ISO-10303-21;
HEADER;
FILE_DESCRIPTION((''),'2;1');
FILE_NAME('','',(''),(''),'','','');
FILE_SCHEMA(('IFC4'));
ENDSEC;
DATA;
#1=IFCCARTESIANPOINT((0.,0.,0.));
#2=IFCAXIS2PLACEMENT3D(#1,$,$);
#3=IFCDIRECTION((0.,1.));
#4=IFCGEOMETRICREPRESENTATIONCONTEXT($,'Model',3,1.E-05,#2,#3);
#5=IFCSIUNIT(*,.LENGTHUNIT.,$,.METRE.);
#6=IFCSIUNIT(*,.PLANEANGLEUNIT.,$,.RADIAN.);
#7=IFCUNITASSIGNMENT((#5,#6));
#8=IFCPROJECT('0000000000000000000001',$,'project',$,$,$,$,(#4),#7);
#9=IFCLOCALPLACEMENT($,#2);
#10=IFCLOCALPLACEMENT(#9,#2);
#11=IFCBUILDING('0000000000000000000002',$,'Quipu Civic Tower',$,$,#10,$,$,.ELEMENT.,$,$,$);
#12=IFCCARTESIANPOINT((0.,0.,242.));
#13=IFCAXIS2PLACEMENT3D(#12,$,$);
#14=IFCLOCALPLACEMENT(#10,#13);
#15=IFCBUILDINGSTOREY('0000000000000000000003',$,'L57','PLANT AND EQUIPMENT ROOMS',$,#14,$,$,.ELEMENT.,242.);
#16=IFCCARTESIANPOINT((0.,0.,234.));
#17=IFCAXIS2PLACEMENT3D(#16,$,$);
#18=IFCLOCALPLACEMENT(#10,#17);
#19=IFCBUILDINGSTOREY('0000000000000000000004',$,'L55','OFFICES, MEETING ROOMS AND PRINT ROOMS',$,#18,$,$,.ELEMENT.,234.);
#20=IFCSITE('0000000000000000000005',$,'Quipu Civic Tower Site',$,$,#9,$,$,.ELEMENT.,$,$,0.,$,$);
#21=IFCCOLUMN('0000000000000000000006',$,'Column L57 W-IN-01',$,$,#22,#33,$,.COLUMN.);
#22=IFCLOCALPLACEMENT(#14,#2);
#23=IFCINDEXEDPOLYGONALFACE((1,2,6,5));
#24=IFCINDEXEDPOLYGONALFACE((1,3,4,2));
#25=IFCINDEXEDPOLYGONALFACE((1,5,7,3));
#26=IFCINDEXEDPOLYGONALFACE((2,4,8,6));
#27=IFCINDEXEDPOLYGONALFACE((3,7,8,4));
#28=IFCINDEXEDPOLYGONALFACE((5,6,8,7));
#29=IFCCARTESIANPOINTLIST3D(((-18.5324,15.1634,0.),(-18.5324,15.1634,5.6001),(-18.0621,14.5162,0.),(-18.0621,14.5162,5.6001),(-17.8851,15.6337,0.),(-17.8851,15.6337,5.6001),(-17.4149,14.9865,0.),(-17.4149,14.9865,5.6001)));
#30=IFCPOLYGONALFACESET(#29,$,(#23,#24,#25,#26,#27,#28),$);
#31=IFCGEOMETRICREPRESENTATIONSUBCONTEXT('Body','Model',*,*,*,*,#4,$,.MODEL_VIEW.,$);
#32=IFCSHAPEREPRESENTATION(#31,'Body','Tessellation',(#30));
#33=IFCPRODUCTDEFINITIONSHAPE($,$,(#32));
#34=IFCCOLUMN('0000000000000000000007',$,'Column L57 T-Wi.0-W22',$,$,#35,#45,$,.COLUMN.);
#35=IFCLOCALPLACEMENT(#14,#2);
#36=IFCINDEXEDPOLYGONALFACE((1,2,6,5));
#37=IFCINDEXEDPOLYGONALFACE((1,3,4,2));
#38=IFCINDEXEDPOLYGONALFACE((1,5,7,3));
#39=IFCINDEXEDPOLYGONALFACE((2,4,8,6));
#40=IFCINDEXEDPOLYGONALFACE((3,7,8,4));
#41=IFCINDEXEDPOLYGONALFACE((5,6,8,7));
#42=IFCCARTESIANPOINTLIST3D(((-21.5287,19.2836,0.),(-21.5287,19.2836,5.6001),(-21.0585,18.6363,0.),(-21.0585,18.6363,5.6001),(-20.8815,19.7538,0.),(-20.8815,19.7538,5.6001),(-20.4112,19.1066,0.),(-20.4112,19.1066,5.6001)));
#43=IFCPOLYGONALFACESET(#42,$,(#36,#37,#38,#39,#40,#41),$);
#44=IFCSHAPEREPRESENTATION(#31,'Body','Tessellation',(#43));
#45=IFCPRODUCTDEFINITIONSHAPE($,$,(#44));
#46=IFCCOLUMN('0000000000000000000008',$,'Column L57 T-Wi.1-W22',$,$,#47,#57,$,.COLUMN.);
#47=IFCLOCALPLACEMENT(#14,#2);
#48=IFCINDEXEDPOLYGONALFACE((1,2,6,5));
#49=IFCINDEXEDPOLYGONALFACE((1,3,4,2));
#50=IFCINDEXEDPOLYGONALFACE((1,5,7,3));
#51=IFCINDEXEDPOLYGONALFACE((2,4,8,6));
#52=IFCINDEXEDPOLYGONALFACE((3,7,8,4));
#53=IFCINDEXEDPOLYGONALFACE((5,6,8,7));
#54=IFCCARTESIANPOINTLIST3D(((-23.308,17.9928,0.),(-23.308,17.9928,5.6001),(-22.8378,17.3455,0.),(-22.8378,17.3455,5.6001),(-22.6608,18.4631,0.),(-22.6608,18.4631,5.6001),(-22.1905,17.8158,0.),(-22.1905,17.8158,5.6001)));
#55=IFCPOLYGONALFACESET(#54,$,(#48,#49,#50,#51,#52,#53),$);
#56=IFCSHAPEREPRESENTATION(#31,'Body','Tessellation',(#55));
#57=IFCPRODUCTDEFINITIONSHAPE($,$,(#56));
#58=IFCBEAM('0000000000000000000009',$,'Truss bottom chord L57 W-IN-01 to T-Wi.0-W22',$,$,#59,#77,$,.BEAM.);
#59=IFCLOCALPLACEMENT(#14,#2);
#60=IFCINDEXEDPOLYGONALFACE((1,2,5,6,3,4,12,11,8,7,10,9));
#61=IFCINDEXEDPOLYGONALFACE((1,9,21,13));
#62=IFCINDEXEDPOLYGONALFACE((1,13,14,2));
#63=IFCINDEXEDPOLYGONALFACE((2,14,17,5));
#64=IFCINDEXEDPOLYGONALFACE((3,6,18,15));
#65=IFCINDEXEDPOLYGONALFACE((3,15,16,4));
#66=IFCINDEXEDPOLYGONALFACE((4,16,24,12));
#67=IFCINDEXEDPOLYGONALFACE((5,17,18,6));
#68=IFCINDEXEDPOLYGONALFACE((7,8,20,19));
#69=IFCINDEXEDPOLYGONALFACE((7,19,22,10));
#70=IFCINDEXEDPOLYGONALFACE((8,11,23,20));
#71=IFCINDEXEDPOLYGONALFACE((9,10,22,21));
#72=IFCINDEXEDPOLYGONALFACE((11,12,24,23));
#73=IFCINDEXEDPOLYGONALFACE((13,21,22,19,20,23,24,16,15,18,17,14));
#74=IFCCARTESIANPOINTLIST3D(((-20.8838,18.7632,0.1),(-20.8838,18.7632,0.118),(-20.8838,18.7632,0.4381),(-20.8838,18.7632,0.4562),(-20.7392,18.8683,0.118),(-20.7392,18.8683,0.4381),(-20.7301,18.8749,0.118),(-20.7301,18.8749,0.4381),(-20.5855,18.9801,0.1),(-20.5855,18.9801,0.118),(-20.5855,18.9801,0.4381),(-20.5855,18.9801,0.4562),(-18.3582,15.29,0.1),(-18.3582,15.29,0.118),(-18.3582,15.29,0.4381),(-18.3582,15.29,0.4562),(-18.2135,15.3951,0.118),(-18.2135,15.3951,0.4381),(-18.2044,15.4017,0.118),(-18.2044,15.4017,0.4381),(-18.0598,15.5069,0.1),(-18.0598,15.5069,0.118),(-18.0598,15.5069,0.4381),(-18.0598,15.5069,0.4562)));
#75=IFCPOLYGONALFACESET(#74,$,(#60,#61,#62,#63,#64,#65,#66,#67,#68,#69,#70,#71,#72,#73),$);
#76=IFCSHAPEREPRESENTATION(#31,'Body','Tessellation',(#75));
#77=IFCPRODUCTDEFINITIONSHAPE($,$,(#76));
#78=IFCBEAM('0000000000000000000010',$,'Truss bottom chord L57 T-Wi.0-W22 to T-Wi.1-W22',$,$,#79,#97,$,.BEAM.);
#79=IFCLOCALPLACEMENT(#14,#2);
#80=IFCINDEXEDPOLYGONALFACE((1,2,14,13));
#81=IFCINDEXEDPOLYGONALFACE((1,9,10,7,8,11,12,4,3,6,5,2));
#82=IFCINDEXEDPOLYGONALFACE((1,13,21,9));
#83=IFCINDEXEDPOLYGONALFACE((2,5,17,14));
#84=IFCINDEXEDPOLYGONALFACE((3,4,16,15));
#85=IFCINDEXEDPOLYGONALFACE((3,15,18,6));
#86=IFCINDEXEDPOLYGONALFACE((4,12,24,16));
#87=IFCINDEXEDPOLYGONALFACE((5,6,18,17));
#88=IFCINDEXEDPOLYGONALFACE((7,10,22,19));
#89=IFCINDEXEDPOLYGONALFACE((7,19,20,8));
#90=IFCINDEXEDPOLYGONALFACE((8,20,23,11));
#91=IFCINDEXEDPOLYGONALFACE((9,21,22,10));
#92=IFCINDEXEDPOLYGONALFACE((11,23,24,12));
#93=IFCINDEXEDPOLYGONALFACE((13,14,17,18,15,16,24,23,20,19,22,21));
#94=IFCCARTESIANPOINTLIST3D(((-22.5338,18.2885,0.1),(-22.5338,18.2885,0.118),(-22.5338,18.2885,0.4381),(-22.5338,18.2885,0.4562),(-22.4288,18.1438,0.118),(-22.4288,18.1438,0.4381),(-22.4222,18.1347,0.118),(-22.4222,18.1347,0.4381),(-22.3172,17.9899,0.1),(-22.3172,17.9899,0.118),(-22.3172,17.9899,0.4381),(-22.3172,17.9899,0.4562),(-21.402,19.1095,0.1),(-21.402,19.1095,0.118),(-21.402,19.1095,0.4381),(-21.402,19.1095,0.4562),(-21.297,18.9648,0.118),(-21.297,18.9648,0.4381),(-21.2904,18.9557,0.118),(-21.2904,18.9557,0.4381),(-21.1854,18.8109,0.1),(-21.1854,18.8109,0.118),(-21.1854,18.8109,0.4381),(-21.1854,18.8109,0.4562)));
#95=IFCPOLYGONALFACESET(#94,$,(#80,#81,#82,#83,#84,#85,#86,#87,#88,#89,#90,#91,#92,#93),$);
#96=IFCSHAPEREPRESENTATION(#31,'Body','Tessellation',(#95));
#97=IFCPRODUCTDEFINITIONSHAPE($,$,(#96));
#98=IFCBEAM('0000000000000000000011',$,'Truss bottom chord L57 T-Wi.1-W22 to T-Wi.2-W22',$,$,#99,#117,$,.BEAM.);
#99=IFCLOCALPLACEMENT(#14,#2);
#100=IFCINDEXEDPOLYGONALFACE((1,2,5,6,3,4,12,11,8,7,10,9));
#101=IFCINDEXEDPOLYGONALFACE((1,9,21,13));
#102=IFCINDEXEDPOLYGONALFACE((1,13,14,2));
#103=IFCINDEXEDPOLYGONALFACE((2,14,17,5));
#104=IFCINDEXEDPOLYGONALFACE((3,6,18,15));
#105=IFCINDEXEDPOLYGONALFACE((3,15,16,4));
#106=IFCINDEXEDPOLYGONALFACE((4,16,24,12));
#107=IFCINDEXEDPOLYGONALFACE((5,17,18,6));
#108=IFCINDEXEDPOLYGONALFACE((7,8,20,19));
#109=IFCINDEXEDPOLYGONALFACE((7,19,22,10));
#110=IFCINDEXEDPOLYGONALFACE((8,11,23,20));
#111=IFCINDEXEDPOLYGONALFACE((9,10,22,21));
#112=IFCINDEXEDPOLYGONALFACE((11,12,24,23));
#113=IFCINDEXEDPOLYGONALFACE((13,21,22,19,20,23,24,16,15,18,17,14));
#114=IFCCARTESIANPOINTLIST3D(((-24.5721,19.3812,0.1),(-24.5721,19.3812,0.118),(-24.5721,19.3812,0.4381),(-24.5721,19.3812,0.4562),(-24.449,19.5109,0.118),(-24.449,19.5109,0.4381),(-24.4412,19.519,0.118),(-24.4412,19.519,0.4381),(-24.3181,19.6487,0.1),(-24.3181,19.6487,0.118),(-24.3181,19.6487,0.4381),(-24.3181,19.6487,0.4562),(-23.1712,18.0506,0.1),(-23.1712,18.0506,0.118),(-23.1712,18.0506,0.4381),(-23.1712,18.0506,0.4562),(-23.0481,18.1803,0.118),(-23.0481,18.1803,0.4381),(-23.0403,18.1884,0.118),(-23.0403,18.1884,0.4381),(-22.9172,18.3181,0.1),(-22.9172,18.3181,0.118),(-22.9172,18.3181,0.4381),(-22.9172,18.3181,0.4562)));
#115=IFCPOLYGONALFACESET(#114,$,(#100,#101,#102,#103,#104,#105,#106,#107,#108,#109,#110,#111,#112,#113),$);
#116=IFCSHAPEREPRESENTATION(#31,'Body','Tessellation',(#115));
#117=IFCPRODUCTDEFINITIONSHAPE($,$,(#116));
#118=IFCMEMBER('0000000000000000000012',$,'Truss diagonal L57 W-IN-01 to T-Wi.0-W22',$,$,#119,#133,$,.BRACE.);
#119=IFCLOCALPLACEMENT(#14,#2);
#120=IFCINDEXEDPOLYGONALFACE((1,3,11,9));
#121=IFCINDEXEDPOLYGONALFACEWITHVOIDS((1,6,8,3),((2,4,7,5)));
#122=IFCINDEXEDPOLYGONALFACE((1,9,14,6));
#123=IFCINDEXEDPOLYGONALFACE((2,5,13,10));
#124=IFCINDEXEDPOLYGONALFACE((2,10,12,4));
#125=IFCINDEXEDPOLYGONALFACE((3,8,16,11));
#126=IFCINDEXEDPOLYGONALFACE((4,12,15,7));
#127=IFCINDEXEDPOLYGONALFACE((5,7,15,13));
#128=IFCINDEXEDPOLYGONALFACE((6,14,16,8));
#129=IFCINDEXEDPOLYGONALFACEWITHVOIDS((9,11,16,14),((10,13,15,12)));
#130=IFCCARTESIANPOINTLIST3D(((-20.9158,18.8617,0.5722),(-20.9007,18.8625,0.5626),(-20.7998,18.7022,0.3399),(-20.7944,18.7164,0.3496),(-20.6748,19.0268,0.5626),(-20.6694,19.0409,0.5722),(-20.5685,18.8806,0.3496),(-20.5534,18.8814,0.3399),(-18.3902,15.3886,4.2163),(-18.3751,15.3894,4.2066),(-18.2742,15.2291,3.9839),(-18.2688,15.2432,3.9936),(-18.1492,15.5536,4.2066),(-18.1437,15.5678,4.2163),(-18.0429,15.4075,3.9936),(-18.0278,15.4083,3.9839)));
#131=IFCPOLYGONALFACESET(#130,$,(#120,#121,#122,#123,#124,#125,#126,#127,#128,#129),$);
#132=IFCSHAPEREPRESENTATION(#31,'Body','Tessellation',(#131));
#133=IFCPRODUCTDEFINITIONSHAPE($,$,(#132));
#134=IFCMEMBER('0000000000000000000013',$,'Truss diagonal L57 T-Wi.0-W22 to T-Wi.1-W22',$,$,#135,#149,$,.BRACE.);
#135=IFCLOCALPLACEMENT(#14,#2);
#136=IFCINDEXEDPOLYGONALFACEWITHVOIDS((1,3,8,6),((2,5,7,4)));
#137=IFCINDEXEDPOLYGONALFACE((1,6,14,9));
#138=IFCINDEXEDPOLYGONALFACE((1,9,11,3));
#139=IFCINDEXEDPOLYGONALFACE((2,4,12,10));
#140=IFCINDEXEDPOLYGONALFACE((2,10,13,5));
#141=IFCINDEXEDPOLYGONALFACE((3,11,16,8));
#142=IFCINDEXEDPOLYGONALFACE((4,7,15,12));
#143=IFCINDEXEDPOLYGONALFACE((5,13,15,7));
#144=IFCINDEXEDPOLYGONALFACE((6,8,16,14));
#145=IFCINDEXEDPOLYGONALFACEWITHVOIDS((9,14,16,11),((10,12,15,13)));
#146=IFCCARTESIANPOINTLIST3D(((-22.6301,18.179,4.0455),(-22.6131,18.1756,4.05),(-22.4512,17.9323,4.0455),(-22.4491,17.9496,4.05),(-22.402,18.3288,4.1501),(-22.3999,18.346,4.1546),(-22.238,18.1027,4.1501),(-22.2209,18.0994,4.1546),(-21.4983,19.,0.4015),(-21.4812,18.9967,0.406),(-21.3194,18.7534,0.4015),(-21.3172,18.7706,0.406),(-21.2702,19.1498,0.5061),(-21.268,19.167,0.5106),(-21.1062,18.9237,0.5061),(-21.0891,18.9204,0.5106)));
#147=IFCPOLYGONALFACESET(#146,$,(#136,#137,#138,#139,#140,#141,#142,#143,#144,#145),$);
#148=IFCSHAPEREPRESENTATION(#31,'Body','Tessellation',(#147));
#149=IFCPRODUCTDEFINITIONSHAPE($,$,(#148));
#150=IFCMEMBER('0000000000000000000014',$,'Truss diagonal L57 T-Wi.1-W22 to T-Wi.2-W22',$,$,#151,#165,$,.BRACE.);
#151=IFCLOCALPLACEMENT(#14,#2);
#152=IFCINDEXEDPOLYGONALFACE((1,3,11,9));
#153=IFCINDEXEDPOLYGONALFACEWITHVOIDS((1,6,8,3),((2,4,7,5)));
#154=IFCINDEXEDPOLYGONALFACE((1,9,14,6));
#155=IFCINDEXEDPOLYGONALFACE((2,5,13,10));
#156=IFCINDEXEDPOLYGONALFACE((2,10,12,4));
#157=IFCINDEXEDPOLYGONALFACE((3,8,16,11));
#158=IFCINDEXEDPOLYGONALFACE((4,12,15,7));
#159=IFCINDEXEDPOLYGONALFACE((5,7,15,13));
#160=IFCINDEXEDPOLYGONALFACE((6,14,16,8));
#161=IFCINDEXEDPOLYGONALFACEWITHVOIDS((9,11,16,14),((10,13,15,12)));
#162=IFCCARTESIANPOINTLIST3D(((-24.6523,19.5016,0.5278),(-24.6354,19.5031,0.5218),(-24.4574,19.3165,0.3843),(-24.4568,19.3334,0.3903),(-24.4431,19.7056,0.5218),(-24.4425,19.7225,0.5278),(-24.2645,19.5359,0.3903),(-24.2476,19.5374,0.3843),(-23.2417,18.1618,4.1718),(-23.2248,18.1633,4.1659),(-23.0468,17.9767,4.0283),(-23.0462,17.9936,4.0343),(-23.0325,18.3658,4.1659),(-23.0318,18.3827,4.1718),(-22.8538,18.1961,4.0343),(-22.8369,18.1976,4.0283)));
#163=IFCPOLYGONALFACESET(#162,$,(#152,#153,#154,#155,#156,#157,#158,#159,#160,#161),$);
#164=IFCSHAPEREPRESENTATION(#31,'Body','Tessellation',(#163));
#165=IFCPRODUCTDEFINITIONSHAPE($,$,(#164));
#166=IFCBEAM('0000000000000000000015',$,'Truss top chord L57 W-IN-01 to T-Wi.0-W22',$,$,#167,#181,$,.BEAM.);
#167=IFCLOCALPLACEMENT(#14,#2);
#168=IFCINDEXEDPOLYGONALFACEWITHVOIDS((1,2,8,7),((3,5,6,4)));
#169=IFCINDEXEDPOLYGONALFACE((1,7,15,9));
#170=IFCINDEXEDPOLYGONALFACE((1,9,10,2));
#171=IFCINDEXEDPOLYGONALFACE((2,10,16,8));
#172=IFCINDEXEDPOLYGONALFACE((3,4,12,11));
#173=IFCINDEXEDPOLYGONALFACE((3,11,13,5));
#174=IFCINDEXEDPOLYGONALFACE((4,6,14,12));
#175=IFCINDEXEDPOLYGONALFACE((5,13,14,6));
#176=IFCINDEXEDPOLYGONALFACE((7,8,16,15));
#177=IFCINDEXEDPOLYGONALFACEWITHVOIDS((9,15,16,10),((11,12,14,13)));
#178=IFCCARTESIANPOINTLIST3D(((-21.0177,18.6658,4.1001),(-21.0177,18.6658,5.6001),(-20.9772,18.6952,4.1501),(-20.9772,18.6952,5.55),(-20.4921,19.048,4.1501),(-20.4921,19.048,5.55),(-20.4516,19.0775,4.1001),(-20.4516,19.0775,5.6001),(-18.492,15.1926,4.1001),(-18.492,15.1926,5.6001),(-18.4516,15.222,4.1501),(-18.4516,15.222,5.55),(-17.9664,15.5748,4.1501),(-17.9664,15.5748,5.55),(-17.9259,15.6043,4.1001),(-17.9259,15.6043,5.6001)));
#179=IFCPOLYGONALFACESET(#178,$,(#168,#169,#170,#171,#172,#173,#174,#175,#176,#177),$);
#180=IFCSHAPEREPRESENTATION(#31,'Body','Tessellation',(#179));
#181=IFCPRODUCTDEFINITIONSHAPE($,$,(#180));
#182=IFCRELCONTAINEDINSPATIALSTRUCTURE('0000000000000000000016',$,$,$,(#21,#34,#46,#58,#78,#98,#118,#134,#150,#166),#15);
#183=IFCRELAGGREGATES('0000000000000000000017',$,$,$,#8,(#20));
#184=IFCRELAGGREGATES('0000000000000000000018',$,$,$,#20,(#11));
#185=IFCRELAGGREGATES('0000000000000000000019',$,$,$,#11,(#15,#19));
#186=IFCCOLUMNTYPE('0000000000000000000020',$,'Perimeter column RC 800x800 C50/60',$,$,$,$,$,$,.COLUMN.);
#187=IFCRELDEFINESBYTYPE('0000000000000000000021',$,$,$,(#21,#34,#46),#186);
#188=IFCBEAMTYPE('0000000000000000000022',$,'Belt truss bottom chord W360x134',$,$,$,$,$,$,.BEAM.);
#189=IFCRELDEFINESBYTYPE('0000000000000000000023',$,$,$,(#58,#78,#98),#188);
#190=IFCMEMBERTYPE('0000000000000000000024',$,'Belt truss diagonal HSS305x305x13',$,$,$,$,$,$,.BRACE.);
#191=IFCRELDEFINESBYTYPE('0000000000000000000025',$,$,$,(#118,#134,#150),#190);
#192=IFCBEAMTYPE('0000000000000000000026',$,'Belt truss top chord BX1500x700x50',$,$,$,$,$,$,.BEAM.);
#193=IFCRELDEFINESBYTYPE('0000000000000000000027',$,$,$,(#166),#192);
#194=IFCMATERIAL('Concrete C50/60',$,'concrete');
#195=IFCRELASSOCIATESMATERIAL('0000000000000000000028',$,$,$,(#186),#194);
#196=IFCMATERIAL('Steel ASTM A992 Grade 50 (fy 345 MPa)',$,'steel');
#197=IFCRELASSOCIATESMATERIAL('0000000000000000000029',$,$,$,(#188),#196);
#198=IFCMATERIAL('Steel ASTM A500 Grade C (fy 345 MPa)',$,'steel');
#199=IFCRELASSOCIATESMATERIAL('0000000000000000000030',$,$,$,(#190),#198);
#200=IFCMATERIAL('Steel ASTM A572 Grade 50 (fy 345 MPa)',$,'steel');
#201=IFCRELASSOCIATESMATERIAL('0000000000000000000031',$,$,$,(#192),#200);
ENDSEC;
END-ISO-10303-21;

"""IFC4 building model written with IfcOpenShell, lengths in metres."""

from ifc_helpers import new_model, si_unit, direction, frame, origin, origin_2d, place, context, subcontext, project, spatial, rectangle, hollow_rectangle, i_section, extrude, material, material_profile, profile_set, type_object, element, save


model = new_model("IFC4")

# Units and contexts
model_context = context("Model", 3, precision=1e-05, world=origin(), true_north=direction((0.0, 1.0)))
body_context = subcontext(model_context, "Body", "Model", "MODEL_VIEW")
ifc_project = project(units=[si_unit("LENGTHUNIT", "METRE"), si_unit("PLANEANGLEUNIT", "RADIAN")], contexts=[model_context])

# Site, building, storey
site_placement = place(None, origin())
site = spatial("IfcSite", under=ifc_project, at=site_placement, Name="Quipu Civic Tower Site", CompositionType="ELEMENT", RefElevation=0.0)
building_placement = place(site_placement, origin())
building = spatial("IfcBuilding", under=site, at=building_placement, Name="Quipu Civic Tower", CompositionType="ELEMENT")
storey_1_placement = place(building_placement, frame((0.0, 0.0, 242.0)))
storey_1 = spatial("IfcBuildingStorey", under=building, at=storey_1_placement, Name="L57", Description="PLANT AND EQUIPMENT ROOMS", CompositionType="ELEMENT", Elevation=242.0)

# Columns
ifc_material_1 = material(Name="Concrete C50/60", Category="concrete")
ifc_material_profile_1 = material_profile(ifc_material_1, rectangle(XDim=0.8, YDim=0.8, at=origin_2d()), Name="RC800x800")
ifc_profile_set_1 = profile_set([ifc_material_profile_1], Name="Concrete C50/60")
column_type = type_object("IfcColumnType", Name="Perimeter column RC 800x800 C50/60", PredefinedType="COLUMN", material=ifc_profile_set_1)
for number, where, z_axis, x_axis, name in (
    (1, (-17.9736, 15.075, 0.0), (0.0, 0.0, 1.0), (-0.587785, 0.809017, 0.0), "Column L57 W-IN-01"),
    (2, (-20.97, 19.1951, 0.0), (0.0, 0.0, 1.0), (-0.587785, 0.809017, 0.0), "Column L57 T-Wi.0-W22"),
    (3, (-22.7493, 17.9043, 0.0), (0.0, 0.0, 1.0), (-0.587785, 0.809017, 0.0), "Column L57 T-Wi.1-W22"),
):
    element("IfcColumn", number, at=place(storey_1_placement, frame(where, z_axis=z_axis, x_axis=x_axis)), inside=storey_1, type_object=column_type, Name=name, PredefinedType="COLUMN", context=body_context, shape_type="SweptSolid", body=[
        extrude(rectangle(XDim=0.8, YDim=0.8, at=origin_2d()), origin(), (0.0, 0.0, 1.0), 5.6001),
    ])

# Beams
ifc_material_2 = material(Name="Steel ASTM A992 Grade 50 (fy 345 MPa)", Category="steel")
ifc_material_profile_2 = material_profile(ifc_material_2, i_section(OverallWidth=0.3689, OverallDepth=0.3562, WebThickness=0.0112, FlangeThickness=0.0181, at=origin_2d()), Name="W360x134")
ifc_profile_set_2 = profile_set([ifc_material_profile_2], Name="Steel ASTM A992 Grade 50 (fy 345 MPa)")
beam_type_1 = type_object("IfcBeamType", Name="Belt truss bottom chord W360x134", PredefinedType="BEAM", material=ifc_profile_set_2)
beam_1_placement = place(storey_1_placement, frame((-18.209, 15.3984, 0.2781), z_axis=(-0.588128, 0.808768, 0.0), x_axis=(-0.808768, -0.588128, 0.0)))
element("IfcBeam", 4, at=beam_1_placement, inside=storey_1, type_object=beam_type_1, Name="Truss bottom chord L57 W-IN-01 to T-Wi.0-W22", PredefinedType="BEAM", context=body_context, shape_type="SweptSolid", body=[
    extrude(i_section(OverallWidth=0.3689, OverallDepth=0.3562, WebThickness=0.0112, FlangeThickness=0.0181, at=origin_2d()), origin(), (0.0, 0.0, 1.0), 4.2944),
])
beam_2_placement = place(storey_1_placement, frame((-21.2937, 18.9602, 0.2781), z_axis=(-0.809453, -0.587185, 0.0), x_axis=(0.587185, -0.809453, 0.0)))
element("IfcBeam", 5, at=beam_2_placement, inside=storey_1, type_object=beam_type_1, Name="Truss bottom chord L57 T-Wi.0-W22 to T-Wi.1-W22", PredefinedType="BEAM", context=body_context, shape_type="SweptSolid", body=[
    extrude(i_section(OverallWidth=0.3689, OverallDepth=0.3562, WebThickness=0.0112, FlangeThickness=0.0181, at=origin_2d()), origin(), (0.0, 0.0, 1.0), 1.3982),
])
beam_3_placement = place(storey_1_placement, frame((-23.0442, 18.1843, 0.2781), z_axis=(-0.725069, 0.688676, 0.0), x_axis=(-0.688676, -0.725069, 0.0)))
element("IfcBeam", 6, at=beam_3_placement, inside=storey_1, type_object=beam_type_1, Name="Truss bottom chord L57 T-Wi.1-W22 to T-Wi.2-W22", PredefinedType="BEAM", context=body_context, shape_type="SweptSolid", body=[
    extrude(i_section(OverallWidth=0.3689, OverallDepth=0.3562, WebThickness=0.0112, FlangeThickness=0.0181, at=origin_2d()), origin(), (0.0, 0.0, 1.0), 1.9321),
])

# Members
ifc_material_3 = material(Name="Steel ASTM A500 Grade C (fy 345 MPa)", Category="steel")
ifc_material_profile_3 = material_profile(ifc_material_3, hollow_rectangle(XDim=0.3047, YDim=0.3047, WallThickness=0.0127, at=origin_2d()), Name="HSS305x305x13")
ifc_profile_set_3 = profile_set([ifc_material_profile_3], Name="Steel ASTM A500 Grade C (fy 345 MPa)")
member_type_1 = type_object("IfcMemberType", Name="Belt truss diagonal HSS305x305x13", PredefinedType="BRACE", material=ifc_profile_set_3)
member_1_placement = place(storey_1_placement, frame((-18.209, 15.3984, 4.1001), z_axis=(-0.448435, 0.616669, -0.647013), x_axis=(-0.808768, -0.588128, 0.0)))
element("IfcMember", 7, at=member_1_placement, inside=storey_1, type_object=member_type_1, Name="Truss diagonal L57 W-IN-01 to T-Wi.0-W22", PredefinedType="BRACE", context=body_context, shape_type="SweptSolid", body=[
    extrude(hollow_rectangle(XDim=0.3047, YDim=0.3047, WallThickness=0.0127, at=origin_2d()), origin(), (0.0, 0.0, 1.0), 5.6321),
])
member_2_placement = place(storey_1_placement, frame((-21.2937, 18.9602, 0.4561), z_axis=(-0.289984, -0.210357, 0.933627), x_axis=(0.587185, -0.809453, 0.0)))
element("IfcMember", 8, at=member_2_placement, inside=storey_1, type_object=member_type_1, Name="Truss diagonal L57 T-Wi.0-W22 to T-Wi.1-W22", PredefinedType="BRACE", context=body_context, shape_type="SweptSolid", body=[
    extrude(hollow_rectangle(XDim=0.3047, YDim=0.3047, WallThickness=0.0127, at=origin_2d()), origin(), (0.0, 0.0, 1.0), 3.9031),
])
member_3_placement = place(storey_1_placement, frame((-23.0393, 18.1797, 4.1001), z_axis=(-0.341488, 0.324348, -0.882147), x_axis=(-0.688677, -0.725068, 0.0)))
element("IfcMember", 9, at=member_3_placement, inside=storey_1, type_object=member_type_1, Name="Truss diagonal L57 T-Wi.1-W22 to T-Wi.2-W22", PredefinedType="BRACE", context=body_context, shape_type="SweptSolid", body=[
    extrude(hollow_rectangle(XDim=0.3047, YDim=0.3047, WallThickness=0.0127, at=origin_2d()), origin(), (0.0, 0.0, 1.0), 4.1309),
])

# Beam
ifc_material_4 = material(Name="Steel ASTM A572 Grade 50 (fy 345 MPa)", Category="steel")
ifc_material_profile_4 = material_profile(ifc_material_4, hollow_rectangle(XDim=0.7, YDim=1.5, WallThickness=0.05, at=origin_2d()), Name="BX1500x700x50")
ifc_profile_set_4 = profile_set([ifc_material_profile_4], Name="Steel ASTM A572 Grade 50 (fy 345 MPa)")
beam_type_2 = type_object("IfcBeamType", Name="Belt truss top chord BX1500x700x50", PredefinedType="BEAM", material=ifc_profile_set_4)
beam_4_placement = place(storey_1_placement, frame((-18.209, 15.3984, 4.8501), z_axis=(-0.588128, 0.808768, 0.0), x_axis=(-0.808768, -0.588128, 0.0)))
element("IfcBeam", 10, at=beam_4_placement, inside=storey_1, type_object=beam_type_2, Name="Truss top chord L57 W-IN-01 to T-Wi.0-W22", PredefinedType="BEAM", context=body_context, shape_type="SweptSolid", body=[
    extrude(hollow_rectangle(XDim=0.7, YDim=1.5, WallThickness=0.05, at=origin_2d()), origin(), (0.0, 0.0, 1.0), 4.2944),
])

# Shared definitions
storey_2_placement = place(building_placement, frame((0.0, 0.0, 234.0)))
storey_2 = spatial("IfcBuildingStorey", under=building, at=storey_2_placement, Name="L55", Description="OFFICES, MEETING ROOMS AND PRINT ROOMS", CompositionType="ELEMENT", Elevation=234.0)

save(model, "model.ifc")
